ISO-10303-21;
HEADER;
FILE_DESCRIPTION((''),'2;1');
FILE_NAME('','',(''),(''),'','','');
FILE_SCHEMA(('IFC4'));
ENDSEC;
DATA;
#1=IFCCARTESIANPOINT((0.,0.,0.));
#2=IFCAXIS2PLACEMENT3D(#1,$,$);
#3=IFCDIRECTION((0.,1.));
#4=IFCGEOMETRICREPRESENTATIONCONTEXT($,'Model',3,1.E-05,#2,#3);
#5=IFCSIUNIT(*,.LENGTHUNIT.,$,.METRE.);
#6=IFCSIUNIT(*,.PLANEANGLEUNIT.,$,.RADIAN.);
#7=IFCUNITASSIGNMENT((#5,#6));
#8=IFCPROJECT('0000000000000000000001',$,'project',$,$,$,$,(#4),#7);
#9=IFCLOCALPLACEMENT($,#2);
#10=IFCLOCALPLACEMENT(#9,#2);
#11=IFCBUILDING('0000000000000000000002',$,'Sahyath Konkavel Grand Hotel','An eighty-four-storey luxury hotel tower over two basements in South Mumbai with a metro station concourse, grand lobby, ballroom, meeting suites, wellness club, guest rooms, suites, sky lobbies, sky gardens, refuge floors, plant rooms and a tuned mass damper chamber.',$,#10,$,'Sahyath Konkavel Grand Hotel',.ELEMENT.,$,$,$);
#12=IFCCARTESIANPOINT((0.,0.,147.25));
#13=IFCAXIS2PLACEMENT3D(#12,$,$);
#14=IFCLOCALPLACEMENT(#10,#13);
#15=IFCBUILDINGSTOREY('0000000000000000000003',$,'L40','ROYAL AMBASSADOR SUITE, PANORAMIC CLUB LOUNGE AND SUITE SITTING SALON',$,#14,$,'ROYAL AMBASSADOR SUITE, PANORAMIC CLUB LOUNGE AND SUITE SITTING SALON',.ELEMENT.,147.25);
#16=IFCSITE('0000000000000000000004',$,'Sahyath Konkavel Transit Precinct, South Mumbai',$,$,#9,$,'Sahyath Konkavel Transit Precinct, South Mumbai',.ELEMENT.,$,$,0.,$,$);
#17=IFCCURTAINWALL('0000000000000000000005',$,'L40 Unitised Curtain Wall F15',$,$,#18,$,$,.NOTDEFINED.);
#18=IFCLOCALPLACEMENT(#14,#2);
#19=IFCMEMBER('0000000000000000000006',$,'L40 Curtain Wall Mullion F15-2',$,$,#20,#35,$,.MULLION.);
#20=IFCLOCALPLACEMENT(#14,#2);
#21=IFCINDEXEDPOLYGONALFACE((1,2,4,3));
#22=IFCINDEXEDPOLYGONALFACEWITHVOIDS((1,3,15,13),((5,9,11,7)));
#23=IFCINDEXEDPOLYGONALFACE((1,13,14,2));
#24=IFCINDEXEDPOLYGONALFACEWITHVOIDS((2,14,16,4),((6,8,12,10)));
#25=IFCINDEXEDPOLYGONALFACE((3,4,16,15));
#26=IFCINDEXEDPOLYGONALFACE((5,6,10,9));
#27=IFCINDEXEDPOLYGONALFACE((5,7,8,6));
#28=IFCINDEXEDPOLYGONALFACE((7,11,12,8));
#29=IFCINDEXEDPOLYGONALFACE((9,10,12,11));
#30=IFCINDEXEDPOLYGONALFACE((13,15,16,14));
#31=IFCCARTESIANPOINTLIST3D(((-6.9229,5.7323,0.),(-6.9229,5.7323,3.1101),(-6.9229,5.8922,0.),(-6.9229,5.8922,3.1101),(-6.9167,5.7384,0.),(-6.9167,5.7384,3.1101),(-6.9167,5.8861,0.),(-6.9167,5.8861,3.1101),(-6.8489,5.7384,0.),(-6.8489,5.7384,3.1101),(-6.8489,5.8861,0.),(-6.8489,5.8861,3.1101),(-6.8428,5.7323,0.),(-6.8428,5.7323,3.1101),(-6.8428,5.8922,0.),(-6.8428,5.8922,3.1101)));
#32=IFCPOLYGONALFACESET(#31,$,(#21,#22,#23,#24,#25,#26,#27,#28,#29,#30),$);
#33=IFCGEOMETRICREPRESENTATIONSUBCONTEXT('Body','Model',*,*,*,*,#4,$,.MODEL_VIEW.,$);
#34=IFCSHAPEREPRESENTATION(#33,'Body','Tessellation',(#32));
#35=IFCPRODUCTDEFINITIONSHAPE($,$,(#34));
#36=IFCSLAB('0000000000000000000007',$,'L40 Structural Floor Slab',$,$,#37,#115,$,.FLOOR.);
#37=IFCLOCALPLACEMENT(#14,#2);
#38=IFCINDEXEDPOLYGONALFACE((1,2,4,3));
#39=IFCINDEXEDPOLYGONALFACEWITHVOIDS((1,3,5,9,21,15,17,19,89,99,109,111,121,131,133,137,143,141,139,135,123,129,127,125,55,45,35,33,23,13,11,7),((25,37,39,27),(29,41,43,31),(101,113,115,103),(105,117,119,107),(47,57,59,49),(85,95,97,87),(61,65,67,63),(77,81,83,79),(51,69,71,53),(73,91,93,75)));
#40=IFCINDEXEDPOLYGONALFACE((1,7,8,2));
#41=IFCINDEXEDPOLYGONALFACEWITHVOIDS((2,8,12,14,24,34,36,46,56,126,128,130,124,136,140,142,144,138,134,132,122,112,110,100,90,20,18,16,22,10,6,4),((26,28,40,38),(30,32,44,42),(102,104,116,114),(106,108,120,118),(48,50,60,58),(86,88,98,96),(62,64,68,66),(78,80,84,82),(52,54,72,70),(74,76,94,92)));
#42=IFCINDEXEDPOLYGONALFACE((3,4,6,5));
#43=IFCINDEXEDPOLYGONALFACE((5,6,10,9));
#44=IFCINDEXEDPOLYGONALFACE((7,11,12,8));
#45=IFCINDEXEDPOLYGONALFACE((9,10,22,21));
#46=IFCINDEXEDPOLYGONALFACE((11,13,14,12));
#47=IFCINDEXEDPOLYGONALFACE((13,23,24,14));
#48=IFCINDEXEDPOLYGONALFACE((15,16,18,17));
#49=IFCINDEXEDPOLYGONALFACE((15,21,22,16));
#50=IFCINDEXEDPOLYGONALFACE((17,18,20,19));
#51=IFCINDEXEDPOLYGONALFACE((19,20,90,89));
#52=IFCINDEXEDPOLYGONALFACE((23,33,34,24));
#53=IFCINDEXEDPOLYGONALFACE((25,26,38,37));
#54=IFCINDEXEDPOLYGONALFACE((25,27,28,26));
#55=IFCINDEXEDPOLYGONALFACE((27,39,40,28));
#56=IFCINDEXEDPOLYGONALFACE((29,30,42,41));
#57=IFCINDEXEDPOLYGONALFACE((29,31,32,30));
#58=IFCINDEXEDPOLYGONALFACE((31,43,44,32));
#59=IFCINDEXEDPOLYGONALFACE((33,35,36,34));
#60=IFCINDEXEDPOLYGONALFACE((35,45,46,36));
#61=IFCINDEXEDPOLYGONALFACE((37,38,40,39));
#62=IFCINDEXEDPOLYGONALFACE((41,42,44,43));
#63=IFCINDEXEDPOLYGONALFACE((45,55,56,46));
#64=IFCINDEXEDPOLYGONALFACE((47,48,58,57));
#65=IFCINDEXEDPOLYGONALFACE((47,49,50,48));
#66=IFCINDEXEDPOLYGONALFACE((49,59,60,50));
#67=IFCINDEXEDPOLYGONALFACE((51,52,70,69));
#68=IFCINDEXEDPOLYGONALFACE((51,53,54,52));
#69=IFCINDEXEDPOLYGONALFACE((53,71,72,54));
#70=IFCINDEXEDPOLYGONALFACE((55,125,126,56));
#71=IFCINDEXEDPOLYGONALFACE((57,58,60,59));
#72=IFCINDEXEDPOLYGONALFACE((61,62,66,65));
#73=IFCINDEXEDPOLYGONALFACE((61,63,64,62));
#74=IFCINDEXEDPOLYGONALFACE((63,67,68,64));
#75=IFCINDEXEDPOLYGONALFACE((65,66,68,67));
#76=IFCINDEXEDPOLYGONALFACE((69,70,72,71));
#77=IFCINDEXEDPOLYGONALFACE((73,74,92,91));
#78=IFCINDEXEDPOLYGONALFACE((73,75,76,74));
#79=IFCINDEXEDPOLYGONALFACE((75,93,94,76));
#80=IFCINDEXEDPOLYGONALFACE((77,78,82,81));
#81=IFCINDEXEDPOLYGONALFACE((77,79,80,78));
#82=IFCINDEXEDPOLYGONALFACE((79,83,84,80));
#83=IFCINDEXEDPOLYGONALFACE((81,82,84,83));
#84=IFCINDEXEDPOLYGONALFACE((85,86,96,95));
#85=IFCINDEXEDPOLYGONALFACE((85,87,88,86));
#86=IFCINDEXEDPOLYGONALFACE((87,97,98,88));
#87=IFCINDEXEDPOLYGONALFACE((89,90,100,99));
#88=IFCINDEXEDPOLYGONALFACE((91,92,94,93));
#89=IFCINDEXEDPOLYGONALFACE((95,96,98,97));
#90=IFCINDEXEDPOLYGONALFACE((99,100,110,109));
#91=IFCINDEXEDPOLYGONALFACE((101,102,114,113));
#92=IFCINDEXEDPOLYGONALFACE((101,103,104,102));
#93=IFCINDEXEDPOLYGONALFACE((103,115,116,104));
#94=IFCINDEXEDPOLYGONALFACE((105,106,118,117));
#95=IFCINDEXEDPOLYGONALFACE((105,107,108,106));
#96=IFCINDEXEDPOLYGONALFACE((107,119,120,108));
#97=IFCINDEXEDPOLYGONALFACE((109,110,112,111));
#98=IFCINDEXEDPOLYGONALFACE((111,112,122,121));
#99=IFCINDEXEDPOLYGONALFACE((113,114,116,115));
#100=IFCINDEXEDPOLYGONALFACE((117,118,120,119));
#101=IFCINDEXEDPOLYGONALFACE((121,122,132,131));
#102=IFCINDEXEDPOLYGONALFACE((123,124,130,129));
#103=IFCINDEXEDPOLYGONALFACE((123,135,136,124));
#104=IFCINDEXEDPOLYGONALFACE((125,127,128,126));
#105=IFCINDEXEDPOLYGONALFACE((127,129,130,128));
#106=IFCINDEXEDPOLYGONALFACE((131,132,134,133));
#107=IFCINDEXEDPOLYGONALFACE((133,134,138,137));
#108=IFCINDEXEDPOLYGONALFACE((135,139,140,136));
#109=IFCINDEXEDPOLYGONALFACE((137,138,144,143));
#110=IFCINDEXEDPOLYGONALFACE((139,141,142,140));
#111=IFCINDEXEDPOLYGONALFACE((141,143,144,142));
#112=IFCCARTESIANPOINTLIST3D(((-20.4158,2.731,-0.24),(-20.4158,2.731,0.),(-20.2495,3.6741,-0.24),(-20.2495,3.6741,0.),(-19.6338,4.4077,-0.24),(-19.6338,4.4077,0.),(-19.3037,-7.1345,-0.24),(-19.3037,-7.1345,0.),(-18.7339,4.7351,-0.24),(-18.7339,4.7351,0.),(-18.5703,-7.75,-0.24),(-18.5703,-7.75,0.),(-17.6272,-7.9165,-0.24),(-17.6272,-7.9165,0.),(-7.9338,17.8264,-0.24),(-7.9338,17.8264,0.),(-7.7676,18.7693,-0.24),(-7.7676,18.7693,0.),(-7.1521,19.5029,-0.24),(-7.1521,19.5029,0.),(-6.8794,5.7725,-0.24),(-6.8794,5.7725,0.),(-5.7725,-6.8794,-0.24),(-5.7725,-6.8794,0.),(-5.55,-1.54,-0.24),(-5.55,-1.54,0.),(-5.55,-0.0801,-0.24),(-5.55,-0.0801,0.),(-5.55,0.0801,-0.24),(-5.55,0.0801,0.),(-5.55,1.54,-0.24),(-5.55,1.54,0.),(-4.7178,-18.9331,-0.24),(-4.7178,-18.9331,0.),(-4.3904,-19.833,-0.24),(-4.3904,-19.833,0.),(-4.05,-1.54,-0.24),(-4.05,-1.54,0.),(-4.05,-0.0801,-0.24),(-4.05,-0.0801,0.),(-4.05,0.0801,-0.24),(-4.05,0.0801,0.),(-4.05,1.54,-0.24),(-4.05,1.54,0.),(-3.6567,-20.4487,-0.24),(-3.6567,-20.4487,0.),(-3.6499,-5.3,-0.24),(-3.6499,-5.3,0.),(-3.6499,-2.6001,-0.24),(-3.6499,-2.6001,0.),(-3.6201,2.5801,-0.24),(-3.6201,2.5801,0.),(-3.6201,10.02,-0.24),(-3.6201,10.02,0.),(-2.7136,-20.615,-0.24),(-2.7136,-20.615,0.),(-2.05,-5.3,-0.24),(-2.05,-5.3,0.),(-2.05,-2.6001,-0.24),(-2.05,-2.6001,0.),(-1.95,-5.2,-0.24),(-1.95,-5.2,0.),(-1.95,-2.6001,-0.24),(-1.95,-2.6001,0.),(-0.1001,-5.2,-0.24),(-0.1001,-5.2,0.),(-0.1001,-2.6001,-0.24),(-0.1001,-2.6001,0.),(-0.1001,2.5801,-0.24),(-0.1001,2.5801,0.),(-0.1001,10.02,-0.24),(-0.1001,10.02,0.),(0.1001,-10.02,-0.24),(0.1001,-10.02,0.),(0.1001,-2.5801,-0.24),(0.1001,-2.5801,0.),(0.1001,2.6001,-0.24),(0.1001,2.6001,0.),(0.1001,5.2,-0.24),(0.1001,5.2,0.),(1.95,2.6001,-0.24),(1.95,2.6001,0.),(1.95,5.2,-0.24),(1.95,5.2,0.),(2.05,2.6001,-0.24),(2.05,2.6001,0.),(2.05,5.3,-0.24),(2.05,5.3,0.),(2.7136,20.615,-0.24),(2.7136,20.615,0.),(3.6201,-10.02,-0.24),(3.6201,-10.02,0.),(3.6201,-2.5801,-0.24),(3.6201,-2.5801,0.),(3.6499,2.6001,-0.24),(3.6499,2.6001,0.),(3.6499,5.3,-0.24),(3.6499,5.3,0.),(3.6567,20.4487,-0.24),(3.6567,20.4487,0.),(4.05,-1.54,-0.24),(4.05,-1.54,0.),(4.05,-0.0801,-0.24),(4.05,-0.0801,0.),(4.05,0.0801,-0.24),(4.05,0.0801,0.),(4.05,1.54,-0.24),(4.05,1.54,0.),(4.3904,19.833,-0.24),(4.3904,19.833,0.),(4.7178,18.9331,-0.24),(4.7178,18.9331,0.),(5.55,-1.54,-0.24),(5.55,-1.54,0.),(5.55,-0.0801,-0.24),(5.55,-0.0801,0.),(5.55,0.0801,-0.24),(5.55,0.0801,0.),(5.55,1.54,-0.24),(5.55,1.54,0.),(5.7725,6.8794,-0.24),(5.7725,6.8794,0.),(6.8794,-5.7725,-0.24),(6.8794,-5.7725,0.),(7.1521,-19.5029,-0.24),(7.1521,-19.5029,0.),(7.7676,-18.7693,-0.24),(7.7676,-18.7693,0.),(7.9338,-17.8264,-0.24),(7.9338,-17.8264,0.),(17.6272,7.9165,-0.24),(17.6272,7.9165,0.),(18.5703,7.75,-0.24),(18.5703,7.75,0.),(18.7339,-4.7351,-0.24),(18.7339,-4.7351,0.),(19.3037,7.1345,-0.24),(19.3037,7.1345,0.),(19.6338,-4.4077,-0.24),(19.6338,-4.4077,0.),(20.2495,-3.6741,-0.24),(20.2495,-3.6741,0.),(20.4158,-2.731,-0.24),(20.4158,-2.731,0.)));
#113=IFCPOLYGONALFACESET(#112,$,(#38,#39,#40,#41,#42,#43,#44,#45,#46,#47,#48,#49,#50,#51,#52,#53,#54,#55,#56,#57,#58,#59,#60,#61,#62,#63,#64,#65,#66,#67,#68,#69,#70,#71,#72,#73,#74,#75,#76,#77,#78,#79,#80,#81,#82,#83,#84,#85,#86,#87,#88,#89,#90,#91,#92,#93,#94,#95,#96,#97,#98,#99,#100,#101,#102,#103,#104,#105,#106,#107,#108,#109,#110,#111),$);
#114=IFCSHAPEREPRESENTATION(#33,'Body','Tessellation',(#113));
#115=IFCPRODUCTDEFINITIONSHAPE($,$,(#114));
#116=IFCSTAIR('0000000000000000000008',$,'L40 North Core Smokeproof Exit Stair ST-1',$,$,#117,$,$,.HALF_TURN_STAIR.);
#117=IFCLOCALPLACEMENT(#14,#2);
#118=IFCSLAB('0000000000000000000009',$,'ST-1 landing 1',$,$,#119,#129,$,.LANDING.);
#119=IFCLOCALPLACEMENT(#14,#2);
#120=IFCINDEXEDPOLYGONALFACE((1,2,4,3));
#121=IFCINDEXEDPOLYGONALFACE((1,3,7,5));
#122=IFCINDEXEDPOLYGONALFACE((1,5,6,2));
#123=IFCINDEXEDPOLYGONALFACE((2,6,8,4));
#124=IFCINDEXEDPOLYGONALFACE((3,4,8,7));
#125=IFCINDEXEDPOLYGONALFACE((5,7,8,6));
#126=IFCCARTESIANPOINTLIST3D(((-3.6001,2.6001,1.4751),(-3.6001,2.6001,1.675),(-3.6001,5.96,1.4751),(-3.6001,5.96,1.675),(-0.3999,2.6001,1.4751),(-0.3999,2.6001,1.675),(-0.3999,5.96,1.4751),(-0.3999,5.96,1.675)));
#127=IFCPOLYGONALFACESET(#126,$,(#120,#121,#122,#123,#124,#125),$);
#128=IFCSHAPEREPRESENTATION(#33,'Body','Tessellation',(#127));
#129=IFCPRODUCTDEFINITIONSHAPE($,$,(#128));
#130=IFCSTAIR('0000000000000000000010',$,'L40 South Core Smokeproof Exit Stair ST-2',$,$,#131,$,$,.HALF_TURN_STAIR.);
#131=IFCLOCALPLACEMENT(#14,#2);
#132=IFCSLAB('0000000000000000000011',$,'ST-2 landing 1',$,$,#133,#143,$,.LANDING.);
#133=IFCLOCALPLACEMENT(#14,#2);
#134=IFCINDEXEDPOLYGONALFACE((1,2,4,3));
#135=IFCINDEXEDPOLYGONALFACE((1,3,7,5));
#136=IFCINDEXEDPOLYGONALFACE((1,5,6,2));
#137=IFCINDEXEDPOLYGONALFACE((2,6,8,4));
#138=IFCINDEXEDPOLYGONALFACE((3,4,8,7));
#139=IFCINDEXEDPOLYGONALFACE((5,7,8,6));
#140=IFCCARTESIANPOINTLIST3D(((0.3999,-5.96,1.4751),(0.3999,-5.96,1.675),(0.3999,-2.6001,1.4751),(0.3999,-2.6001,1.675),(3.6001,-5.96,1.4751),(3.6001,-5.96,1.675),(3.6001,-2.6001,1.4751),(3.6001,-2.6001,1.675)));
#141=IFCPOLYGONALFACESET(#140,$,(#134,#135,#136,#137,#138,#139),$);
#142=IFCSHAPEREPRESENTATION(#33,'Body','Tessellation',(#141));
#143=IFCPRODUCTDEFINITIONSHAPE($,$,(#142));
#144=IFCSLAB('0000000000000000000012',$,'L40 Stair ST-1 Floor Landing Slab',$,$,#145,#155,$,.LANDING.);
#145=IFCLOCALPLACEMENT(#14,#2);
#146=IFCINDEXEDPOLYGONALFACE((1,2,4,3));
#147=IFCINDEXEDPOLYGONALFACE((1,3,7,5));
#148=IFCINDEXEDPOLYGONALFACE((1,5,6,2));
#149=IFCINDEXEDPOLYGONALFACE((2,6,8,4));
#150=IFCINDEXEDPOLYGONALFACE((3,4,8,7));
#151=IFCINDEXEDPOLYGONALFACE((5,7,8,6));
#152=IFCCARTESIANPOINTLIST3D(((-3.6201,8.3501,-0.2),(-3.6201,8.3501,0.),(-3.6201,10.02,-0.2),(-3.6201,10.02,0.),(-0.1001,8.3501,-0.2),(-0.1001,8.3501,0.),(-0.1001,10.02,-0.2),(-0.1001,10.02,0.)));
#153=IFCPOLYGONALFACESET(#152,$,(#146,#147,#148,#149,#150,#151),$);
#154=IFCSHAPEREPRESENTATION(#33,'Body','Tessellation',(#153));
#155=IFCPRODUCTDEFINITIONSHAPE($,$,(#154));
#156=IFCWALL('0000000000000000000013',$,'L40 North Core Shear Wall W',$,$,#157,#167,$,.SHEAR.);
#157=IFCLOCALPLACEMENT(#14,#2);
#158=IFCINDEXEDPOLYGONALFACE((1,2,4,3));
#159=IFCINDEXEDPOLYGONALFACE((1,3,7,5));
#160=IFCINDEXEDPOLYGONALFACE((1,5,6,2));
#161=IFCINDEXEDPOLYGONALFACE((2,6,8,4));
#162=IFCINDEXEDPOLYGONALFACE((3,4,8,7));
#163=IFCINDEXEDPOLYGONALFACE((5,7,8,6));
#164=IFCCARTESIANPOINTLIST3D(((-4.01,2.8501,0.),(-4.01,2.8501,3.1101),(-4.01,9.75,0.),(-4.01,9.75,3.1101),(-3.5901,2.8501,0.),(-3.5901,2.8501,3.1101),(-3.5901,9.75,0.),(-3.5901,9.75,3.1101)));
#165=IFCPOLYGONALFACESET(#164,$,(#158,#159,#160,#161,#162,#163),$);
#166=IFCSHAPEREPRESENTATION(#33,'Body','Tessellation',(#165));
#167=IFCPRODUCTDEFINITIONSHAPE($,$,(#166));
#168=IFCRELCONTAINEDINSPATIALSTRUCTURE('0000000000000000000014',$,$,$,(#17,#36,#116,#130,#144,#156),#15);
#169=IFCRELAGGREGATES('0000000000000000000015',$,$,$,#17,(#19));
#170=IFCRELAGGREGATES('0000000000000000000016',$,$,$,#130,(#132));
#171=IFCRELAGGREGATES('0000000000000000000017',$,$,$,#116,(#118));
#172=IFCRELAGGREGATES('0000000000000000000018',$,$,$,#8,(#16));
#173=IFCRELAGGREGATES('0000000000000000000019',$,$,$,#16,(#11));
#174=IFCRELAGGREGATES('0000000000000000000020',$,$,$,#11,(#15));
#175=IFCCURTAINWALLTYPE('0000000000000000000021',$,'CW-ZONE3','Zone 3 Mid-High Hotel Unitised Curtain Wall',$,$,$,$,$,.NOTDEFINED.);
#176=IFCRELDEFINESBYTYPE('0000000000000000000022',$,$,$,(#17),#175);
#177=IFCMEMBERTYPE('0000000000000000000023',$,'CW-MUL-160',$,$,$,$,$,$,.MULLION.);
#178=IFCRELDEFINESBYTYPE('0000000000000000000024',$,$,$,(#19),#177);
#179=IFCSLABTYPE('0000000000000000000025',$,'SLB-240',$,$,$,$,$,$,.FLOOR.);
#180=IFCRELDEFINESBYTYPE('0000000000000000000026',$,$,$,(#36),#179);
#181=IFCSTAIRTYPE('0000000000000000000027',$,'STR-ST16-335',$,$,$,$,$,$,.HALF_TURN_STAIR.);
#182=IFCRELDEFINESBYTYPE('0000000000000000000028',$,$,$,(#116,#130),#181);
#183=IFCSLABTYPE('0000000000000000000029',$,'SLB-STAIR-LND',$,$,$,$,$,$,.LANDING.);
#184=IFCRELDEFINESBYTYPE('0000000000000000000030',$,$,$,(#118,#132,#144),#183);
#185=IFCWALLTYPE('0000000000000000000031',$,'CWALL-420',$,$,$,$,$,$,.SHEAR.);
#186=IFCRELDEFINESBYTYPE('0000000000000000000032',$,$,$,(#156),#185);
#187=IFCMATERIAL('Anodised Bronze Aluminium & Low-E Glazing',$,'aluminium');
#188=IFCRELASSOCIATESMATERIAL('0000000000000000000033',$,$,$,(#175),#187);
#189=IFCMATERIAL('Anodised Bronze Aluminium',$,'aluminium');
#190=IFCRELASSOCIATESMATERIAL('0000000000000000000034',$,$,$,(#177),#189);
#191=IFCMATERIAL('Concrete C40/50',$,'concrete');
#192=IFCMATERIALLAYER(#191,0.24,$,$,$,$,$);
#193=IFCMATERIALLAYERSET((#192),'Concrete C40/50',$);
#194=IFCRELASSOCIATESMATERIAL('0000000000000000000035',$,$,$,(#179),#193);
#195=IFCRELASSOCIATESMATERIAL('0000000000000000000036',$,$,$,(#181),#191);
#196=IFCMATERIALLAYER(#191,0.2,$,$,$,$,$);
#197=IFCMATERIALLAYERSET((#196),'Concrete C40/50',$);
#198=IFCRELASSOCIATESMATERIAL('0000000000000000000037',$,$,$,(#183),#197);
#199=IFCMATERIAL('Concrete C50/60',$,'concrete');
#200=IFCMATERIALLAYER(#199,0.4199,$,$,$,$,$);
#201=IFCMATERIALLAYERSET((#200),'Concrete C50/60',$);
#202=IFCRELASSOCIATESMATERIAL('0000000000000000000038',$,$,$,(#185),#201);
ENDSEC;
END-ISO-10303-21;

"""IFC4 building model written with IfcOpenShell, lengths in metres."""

from ifc_helpers import new_model, si_unit, direction, frame, frame_2d, origin, origin_2d, place, context, subcontext, project, spatial, polyline, rectangle, hollow_rectangle, outline, extrude, source, transform, mapped, material, layer, layer_set, material_profile, profile_set, type_object, element, aggregate, save


model = new_model("IFC4")

# Units and contexts
model_context = context("Model", 3, precision=1e-05, world=origin(), true_north=direction((0.0, 1.0)))
body_context = subcontext(model_context, "Body", "Model", "MODEL_VIEW")
ifc_project = project(units=[si_unit("LENGTHUNIT", "METRE"), si_unit("PLANEANGLEUNIT", "RADIAN")], contexts=[model_context])

# Site, building, storey
site_placement = place(None, origin())
site = spatial("IfcSite", under=ifc_project, at=site_placement, Name="Sahyath Konkavel Transit Precinct, South Mumbai", LongName="Sahyath Konkavel Transit Precinct, South Mumbai", CompositionType="ELEMENT", RefElevation=0.0)
building_placement = place(site_placement, origin())
building = spatial("IfcBuilding", under=site, at=building_placement, Name="Sahyath Konkavel Grand Hotel", Description="An eighty-four-storey luxury hotel tower over two basements in South Mumbai with a metro station concourse, grand lobby, ballroom, meeting suites, wellness club, guest rooms, suites, sky lobbies, sky gardens, refuge floors, plant rooms and a tuned mass damper chamber.", LongName="Sahyath Konkavel Grand Hotel", CompositionType="ELEMENT")
storey_placement = place(building_placement, frame((0.0, 0.0, 147.25)))
storey = spatial("IfcBuildingStorey", under=building, at=storey_placement, Name="L40", Description="ROYAL AMBASSADOR SUITE, PANORAMIC CLUB LOUNGE AND SUITE SITTING SALON", LongName="ROYAL AMBASSADOR SUITE, PANORAMIC CLUB LOUNGE AND SUITE SITTING SALON", CompositionType="ELEMENT", Elevation=147.25)

# Shared definitions
ifc_material_1 = material(Name="Concrete C50/60", Category="concrete")

# Curtain wall, member
ifc_material_2 = material(Name="Anodised Bronze Aluminium & Low-E Glazing", Category="aluminium")
curtain_wall_type = type_object("IfcCurtainWallType", Name="CW-ZONE3", Description="Zone 3 Mid-High Hotel Unitised Curtain Wall", PredefinedType="NOTDEFINED", material=ifc_material_2)
curtain_wall_placement = place(storey_placement, origin())
curtain_wall = element("IfcCurtainWall", 1, at=curtain_wall_placement, inside=storey, type_object=curtain_wall_type, Name="L40 Unitised Curtain Wall F15", PredefinedType="NOTDEFINED")
ifc_material_3 = material(Name="Anodised Bronze Aluminium", Category="aluminium")
ifc_material_profile_1 = material_profile(ifc_material_3, hollow_rectangle(XDim=0.0801, YDim=0.1599, WallThickness=0.0061, at=origin_2d()), Name="RHS 160x80x6")
ifc_profile_set_1 = profile_set([ifc_material_profile_1], Name="Anodised Bronze Aluminium")
member_type = type_object("IfcMemberType", Name="CW-MUL-160", PredefinedType="MULLION", material=ifc_profile_set_1)
shared_shape_1 = source(origin(), body_context, "Body", "SweptSolid", [
    extrude(hollow_rectangle(XDim=0.0801, YDim=0.1599, WallThickness=0.0061, at=origin_2d()), origin(), (0.0, 0.0, 1.0), 3.1101),
])
member_placement = place(storey_placement, frame((-6.8828, 5.8123, 0.0), z_axis=(0.0, 0.0, 1.0), x_axis=(1.0, 0.0, 0.0)))
member = element("IfcMember", 2, at=member_placement, type_object=member_type, Name="L40 Curtain Wall Mullion F15-2", PredefinedType="MULLION", context=body_context, shape_type="MappedRepresentation", body=[
    mapped(shared_shape_1, transform((0.0, 0.0, 0.0), scale=1.0)),
])
aggregate(curtain_wall, [member])

# Slab
ifc_material_4 = material(Name="Concrete C40/50", Category="concrete")
ifc_layer_1 = layer(ifc_material_4, 0.24)
ifc_layer_set_1 = layer_set([ifc_layer_1], Name="Concrete C40/50")
slab_type_1 = type_object("IfcSlabType", Name="SLB-240", PredefinedType="FLOOR", material=ifc_layer_set_1)
slab_1_placement = place(storey_placement, frame((0.0, 0.0, -0.24)))
element("IfcSlab", 3, at=slab_1_placement, inside=storey, type_object=slab_type_1, Name="L40 Structural Floor Slab", PredefinedType="FLOOR", context=body_context, shape_type="SweptSolid", body=[
    extrude(outline(polyline([(6.8794, -5.7725), (18.7339, -4.7351), (19.6338, -4.4077), (20.2495, -3.6741), (20.4158, -2.731), (19.3037, 7.1345), (18.5703, 7.75), (17.6272, 7.9165), (5.7725, 6.8794), (4.7178, 18.9331), (4.3904, 19.833), (3.6567, 20.4487), (2.7136, 20.615), (-7.1521, 19.5029), (-7.7676, 18.7693), (-7.9338, 17.8264), (-6.8794, 5.7725), (-18.7339, 4.7351), (-19.6338, 4.4077), (-20.2495, 3.6741), (-20.4158, 2.731), (-19.3037, -7.1345), (-18.5703, -7.75), (-17.6272, -7.9165), (-5.7725, -6.8794), (-4.7178, -18.9331), (-4.3904, -19.833), (-3.6567, -20.4487), (-2.7136, -20.615), (7.1521, -19.5029), (7.7676, -18.7693), (7.9338, -17.8264), (6.8794, -5.7725)]), holes=[polyline([(-3.6201, 2.5801), (-0.1001, 2.5801), (-0.1001, 10.02), (-3.6201, 10.02), (-3.6201, 2.5801)]), polyline([(0.1001, -10.02), (3.6201, -10.02), (3.6201, -2.5801), (0.1001, -2.5801), (0.1001, -10.02)]), polyline([(0.1001, 2.6001), (1.95, 2.6001), (1.95, 5.2), (0.1001, 5.2), (0.1001, 2.6001)]), polyline([(-1.95, -5.2), (-0.1001, -5.2), (-0.1001, -2.6001), (-1.95, -2.6001), (-1.95, -5.2)]), polyline([(2.05, 2.6001), (3.6499, 2.6001), (3.6499, 5.3), (2.05, 5.3), (2.05, 2.6001)]), polyline([(-3.6499, -5.3), (-2.05, -5.3), (-2.05, -2.6001), (-3.6499, -2.6001), (-3.6499, -5.3)]), polyline([(4.05, 0.0801), (5.55, 0.0801), (5.55, 1.54), (4.05, 1.54), (4.05, 0.0801)]), polyline([(4.05, -1.54), (5.55, -1.54), (5.55, -0.0801), (4.05, -0.0801), (4.05, -1.54)]), polyline([(-5.55, 0.0801), (-4.05, 0.0801), (-4.05, 1.54), (-5.55, 1.54), (-5.55, 0.0801)]), polyline([(-5.55, -1.54), (-4.05, -1.54), (-4.05, -0.0801), (-5.55, -0.0801), (-5.55, -1.54)])]), origin(), (0.0, 0.0, 1.0), 0.24),
])

# Stairs, slabs
stair_type = type_object("IfcStairType", Name="STR-ST16-335", PredefinedType="HALF_TURN_STAIR", material=ifc_material_4)
stair_1_placement = place(storey_placement, origin())
stair_1 = element("IfcStair", 4, at=stair_1_placement, inside=storey, type_object=stair_type, Name="L40 North Core Smokeproof Exit Stair ST-1", PredefinedType="HALF_TURN_STAIR")
ifc_layer_2 = layer(ifc_material_4, 0.2)
ifc_layer_set_2 = layer_set([ifc_layer_2], Name="Concrete C40/50")
slab_type_2 = type_object("IfcSlabType", Name="SLB-STAIR-LND", PredefinedType="LANDING", material=ifc_layer_set_2)
slab_2_placement = place(storey_placement, frame((0.0, 0.0, 1.4751)))
slab_2 = element("IfcSlab", 5, at=slab_2_placement, type_object=slab_type_2, Name="ST-1 landing 1", PredefinedType="LANDING", context=body_context, shape_type="SweptSolid", body=[
    extrude(outline(polyline([(-3.6001, 5.96), (-3.6001, 2.6001), (-0.3999, 2.6001), (-0.3999, 5.96), (-3.6001, 5.96)])), origin(), (0.0, 0.0, 1.0), 0.2),
])
stair_2_placement = place(storey_placement, origin())
stair_2 = element("IfcStair", 6, at=stair_2_placement, inside=storey, type_object=stair_type, Name="L40 South Core Smokeproof Exit Stair ST-2", PredefinedType="HALF_TURN_STAIR")
slab_3_placement = place(storey_placement, frame((0.0, 0.0, 1.4751)))
slab_3 = element("IfcSlab", 7, at=slab_3_placement, type_object=slab_type_2, Name="ST-2 landing 1", PredefinedType="LANDING", context=body_context, shape_type="SweptSolid", body=[
    extrude(outline(polyline([(3.6001, -5.96), (3.6001, -2.6001), (0.3999, -2.6001), (0.3999, -5.96), (3.6001, -5.96)])), origin(), (0.0, 0.0, 1.0), 0.2),
])
aggregate(stair_2, [slab_3])

# Slab
slab_4_placement = place(storey_placement, frame((0.0, 0.0, -0.2)))
element("IfcSlab", 8, at=slab_4_placement, inside=storey, type_object=slab_type_2, Name="L40 Stair ST-1 Floor Landing Slab", PredefinedType="LANDING", context=body_context, shape_type="SweptSolid", body=[
    extrude(outline(polyline([(-3.6201, 8.3501), (-0.1001, 8.3501), (-0.1001, 10.02), (-3.6201, 10.02), (-3.6201, 8.3501)])), origin(), (0.0, 0.0, 1.0), 0.2),
])

# Wall
ifc_layer_3 = layer(ifc_material_1, 0.4199)
ifc_layer_set_3 = layer_set([ifc_layer_3], Name="Concrete C50/60")
wall_type_1 = type_object("IfcWallType", Name="CWALL-420", PredefinedType="SHEAR", material=ifc_layer_set_3)
wall_1_placement = place(storey_placement, frame((-3.8, 2.8501, 0.0), z_axis=(0.0, 0.0, 1.0), x_axis=(0.0, 1.0, 0.0)))
element("IfcWall", 9, at=wall_1_placement, inside=storey, type_object=wall_type_1, Name="L40 North Core Shear Wall W", PredefinedType="SHEAR", context=body_context, shape_type="SweptSolid", body=[
    extrude(rectangle(XDim=6.8999, YDim=0.4199, at=frame_2d((3.45, 0.0))), origin(), (0.0, 0.0, 1.0), 3.1101),
])

aggregate(stair_1, [slab_2])

save(model, "model.ifc")
